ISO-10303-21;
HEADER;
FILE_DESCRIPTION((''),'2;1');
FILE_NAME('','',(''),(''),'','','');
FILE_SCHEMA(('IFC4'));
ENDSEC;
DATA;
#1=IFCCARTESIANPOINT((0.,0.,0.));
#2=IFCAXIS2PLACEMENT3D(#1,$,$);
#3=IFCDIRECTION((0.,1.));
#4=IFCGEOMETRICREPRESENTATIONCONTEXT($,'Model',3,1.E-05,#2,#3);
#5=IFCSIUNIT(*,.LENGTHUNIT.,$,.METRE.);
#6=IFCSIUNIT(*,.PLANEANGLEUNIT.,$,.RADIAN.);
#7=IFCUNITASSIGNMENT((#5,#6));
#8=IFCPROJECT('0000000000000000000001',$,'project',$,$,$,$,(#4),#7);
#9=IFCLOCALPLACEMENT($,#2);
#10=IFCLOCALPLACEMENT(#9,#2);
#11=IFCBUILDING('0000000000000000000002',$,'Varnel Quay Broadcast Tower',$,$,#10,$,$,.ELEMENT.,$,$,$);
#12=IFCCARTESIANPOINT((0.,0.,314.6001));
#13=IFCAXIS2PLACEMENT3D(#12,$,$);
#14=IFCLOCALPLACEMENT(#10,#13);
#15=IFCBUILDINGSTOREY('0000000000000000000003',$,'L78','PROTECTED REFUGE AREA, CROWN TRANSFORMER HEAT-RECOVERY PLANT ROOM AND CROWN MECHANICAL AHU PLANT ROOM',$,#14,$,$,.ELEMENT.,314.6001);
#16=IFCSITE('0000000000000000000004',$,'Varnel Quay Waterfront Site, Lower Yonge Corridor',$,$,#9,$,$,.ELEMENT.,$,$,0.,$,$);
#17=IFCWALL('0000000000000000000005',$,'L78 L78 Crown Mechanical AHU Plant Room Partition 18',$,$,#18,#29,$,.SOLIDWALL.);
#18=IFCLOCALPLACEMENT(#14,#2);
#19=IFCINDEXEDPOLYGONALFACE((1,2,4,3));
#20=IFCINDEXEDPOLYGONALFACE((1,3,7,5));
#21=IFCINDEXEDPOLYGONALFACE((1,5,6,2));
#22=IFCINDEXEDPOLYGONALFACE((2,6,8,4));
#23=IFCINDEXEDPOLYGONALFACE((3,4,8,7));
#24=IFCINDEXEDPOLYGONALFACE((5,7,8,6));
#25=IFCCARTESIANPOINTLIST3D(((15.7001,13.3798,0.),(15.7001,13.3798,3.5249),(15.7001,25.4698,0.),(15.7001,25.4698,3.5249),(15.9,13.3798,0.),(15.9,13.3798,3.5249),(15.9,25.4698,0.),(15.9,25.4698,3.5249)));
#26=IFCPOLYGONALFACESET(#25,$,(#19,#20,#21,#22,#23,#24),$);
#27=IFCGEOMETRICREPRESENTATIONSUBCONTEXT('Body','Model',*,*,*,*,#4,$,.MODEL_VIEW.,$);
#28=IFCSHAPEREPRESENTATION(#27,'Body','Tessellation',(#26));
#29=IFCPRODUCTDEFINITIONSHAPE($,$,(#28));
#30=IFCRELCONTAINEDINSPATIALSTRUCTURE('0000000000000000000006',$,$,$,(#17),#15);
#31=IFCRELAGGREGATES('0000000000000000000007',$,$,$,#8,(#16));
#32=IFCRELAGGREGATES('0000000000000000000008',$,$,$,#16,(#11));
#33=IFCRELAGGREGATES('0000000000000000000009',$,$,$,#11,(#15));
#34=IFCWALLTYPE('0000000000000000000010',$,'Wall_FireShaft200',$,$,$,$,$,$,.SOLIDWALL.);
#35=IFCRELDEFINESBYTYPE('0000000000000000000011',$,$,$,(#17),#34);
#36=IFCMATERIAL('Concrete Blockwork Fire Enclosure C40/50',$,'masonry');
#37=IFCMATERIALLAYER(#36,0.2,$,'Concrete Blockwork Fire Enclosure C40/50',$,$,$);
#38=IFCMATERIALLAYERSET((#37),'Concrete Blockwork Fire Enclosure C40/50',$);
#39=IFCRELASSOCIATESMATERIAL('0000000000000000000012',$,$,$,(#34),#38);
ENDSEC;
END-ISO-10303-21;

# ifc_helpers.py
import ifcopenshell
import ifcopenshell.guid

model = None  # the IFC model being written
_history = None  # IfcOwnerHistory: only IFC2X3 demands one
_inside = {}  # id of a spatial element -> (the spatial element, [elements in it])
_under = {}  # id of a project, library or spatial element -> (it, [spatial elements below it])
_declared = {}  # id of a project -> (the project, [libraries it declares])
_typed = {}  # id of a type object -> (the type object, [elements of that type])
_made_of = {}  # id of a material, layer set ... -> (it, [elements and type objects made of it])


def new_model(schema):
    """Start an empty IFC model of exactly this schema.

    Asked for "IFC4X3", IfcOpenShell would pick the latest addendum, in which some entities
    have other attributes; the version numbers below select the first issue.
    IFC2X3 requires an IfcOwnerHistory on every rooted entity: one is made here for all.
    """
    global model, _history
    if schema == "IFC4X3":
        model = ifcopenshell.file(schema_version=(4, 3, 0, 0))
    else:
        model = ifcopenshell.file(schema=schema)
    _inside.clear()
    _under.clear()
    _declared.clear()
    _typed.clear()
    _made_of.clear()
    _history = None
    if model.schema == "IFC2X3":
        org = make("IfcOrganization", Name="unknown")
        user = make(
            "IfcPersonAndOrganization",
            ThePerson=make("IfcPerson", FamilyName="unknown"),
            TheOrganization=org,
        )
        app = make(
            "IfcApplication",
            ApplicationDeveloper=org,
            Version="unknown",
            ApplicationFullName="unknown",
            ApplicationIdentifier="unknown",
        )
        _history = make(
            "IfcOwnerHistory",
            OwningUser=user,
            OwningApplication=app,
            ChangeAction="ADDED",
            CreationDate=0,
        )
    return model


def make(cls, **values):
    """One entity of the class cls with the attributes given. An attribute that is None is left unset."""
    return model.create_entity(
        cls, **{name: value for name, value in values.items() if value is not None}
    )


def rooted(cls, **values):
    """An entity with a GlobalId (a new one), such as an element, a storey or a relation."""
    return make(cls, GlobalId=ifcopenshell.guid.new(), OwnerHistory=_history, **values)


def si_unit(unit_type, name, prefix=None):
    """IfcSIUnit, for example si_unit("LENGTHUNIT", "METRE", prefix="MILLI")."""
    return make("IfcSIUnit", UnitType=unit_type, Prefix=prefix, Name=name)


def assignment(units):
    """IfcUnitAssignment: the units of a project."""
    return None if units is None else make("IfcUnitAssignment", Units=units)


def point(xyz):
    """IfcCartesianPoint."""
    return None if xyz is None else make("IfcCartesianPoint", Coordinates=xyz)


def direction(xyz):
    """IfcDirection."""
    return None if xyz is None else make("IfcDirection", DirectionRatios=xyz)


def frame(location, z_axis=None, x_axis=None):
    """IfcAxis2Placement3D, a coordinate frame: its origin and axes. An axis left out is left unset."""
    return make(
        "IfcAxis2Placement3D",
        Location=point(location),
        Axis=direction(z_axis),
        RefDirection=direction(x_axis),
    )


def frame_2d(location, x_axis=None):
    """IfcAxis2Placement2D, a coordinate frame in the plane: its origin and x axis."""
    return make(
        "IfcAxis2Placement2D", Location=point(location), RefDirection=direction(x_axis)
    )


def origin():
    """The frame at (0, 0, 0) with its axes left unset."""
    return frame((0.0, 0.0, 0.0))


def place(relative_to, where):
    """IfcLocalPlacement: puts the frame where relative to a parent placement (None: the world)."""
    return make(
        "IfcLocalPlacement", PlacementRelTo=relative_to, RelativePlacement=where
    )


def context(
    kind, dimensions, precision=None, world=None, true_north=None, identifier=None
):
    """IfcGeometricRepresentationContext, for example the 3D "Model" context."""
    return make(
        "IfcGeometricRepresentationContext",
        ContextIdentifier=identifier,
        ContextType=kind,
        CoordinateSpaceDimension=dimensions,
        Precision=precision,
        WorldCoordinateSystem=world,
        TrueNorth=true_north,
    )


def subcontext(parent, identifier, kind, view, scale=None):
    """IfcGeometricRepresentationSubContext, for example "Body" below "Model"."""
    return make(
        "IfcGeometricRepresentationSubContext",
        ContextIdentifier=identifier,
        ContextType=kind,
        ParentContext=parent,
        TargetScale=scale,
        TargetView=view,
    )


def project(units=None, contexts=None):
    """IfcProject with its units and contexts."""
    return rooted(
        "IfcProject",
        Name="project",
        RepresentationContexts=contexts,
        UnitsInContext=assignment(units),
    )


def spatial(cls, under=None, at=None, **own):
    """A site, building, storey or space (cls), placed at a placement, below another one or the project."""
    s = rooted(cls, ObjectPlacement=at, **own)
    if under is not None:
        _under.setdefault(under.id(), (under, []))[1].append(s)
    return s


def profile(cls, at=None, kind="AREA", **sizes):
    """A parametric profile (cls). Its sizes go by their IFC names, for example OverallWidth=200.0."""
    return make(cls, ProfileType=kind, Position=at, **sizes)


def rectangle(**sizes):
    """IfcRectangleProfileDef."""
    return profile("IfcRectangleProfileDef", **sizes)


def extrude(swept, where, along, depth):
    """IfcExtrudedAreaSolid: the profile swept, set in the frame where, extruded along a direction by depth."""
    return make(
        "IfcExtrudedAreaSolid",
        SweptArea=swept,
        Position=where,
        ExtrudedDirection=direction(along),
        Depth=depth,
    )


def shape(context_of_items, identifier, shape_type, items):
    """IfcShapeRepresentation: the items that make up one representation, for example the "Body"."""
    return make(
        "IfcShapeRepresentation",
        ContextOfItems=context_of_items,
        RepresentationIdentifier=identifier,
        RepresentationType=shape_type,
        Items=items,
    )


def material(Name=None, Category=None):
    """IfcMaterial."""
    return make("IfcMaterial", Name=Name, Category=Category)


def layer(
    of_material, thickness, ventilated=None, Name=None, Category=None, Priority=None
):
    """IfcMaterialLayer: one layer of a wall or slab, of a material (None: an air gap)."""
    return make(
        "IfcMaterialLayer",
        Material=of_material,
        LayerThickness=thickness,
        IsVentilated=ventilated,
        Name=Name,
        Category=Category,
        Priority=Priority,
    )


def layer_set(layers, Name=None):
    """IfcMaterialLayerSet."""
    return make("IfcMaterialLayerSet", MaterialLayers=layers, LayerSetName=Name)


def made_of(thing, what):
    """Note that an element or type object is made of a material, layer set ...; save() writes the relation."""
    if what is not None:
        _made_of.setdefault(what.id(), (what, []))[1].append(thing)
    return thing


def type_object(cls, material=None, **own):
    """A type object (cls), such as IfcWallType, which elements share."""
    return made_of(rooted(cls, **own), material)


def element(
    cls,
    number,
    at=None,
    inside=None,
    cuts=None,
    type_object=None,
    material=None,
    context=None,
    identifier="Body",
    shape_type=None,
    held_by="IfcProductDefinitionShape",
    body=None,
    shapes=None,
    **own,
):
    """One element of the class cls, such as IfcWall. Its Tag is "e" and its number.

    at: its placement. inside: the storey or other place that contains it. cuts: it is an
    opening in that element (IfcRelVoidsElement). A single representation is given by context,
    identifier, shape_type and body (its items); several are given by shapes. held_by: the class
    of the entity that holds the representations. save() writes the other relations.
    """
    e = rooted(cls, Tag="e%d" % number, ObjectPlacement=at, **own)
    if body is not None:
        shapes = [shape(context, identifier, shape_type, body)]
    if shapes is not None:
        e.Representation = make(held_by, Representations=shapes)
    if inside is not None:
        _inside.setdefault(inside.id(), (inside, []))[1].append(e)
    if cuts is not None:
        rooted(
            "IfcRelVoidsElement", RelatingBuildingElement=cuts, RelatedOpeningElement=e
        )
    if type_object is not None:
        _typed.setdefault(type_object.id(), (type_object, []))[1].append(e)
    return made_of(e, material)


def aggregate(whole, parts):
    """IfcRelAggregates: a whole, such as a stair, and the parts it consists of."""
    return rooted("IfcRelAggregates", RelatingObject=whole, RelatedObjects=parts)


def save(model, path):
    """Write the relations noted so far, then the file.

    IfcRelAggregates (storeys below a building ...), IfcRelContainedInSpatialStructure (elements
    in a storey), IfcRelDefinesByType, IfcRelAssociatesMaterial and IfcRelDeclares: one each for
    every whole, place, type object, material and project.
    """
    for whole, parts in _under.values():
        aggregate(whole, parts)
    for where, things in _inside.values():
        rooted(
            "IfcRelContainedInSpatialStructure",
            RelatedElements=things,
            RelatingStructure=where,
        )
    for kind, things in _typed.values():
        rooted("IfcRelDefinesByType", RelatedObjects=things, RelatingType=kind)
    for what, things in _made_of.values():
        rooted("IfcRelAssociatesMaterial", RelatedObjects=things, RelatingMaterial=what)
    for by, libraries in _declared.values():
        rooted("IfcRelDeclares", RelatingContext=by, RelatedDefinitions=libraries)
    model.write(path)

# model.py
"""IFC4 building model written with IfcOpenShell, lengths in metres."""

from ifc_helpers import new_model, si_unit, direction, frame, frame_2d, origin, place, context, subcontext, project, spatial, rectangle, extrude, material, layer, layer_set, type_object, element, save


model = new_model("IFC4")

# Units and contexts
model_context = context("Model", 3, precision=1e-05, world=origin(), true_north=direction((0.0, 1.0)))
body_context = subcontext(model_context, "Body", "Model", "MODEL_VIEW")
ifc_project = project(units=[si_unit("LENGTHUNIT", "METRE"), si_unit("PLANEANGLEUNIT", "RADIAN")], contexts=[model_context])

# Site, building, storey
site_placement = place(None, origin())
site = spatial("IfcSite", under=ifc_project, at=site_placement, Name="Varnel Quay Waterfront Site, Lower Yonge Corridor", CompositionType="ELEMENT", RefElevation=0.0)
building_placement = place(site_placement, origin())
building = spatial("IfcBuilding", under=site, at=building_placement, Name="Varnel Quay Broadcast Tower", CompositionType="ELEMENT")
storey_placement = place(building_placement, frame((0.0, 0.0, 314.6001)))
storey = spatial("IfcBuildingStorey", under=building, at=storey_placement, Name="L78", Description="PROTECTED REFUGE AREA, CROWN TRANSFORMER HEAT-RECOVERY PLANT ROOM AND CROWN MECHANICAL AHU PLANT ROOM", CompositionType="ELEMENT", Elevation=314.6001)

# Wall
ifc_material_1 = material(Name="Concrete Blockwork Fire Enclosure C40/50", Category="masonry")
ifc_layer_1 = layer(ifc_material_1, 0.2, Name="Concrete Blockwork Fire Enclosure C40/50")
ifc_layer_set_1 = layer_set([ifc_layer_1], Name="Concrete Blockwork Fire Enclosure C40/50")
wall_type = type_object("IfcWallType", Name="Wall_FireShaft200", PredefinedType="SOLIDWALL", material=ifc_layer_set_1)
wall_1_placement = place(storey_placement, frame((15.8, 13.3799, 0.0), z_axis=(0.0, 0.0, 1.0), x_axis=(0.0, 1.0, 0.0)))
element("IfcWall", 1, at=wall_1_placement, inside=storey, type_object=wall_type, Name="L78 L78 Crown Mechanical AHU Plant Room Partition 18", PredefinedType="SOLIDWALL", context=body_context, shape_type="SweptSolid", body=[
    extrude(rectangle(XDim=12.0901, YDim=0.2, at=frame_2d((6.0449, 0.0))), origin(), (0.0, 0.0, 1.0), 3.5249),
])

save(model, "model.ifc")
